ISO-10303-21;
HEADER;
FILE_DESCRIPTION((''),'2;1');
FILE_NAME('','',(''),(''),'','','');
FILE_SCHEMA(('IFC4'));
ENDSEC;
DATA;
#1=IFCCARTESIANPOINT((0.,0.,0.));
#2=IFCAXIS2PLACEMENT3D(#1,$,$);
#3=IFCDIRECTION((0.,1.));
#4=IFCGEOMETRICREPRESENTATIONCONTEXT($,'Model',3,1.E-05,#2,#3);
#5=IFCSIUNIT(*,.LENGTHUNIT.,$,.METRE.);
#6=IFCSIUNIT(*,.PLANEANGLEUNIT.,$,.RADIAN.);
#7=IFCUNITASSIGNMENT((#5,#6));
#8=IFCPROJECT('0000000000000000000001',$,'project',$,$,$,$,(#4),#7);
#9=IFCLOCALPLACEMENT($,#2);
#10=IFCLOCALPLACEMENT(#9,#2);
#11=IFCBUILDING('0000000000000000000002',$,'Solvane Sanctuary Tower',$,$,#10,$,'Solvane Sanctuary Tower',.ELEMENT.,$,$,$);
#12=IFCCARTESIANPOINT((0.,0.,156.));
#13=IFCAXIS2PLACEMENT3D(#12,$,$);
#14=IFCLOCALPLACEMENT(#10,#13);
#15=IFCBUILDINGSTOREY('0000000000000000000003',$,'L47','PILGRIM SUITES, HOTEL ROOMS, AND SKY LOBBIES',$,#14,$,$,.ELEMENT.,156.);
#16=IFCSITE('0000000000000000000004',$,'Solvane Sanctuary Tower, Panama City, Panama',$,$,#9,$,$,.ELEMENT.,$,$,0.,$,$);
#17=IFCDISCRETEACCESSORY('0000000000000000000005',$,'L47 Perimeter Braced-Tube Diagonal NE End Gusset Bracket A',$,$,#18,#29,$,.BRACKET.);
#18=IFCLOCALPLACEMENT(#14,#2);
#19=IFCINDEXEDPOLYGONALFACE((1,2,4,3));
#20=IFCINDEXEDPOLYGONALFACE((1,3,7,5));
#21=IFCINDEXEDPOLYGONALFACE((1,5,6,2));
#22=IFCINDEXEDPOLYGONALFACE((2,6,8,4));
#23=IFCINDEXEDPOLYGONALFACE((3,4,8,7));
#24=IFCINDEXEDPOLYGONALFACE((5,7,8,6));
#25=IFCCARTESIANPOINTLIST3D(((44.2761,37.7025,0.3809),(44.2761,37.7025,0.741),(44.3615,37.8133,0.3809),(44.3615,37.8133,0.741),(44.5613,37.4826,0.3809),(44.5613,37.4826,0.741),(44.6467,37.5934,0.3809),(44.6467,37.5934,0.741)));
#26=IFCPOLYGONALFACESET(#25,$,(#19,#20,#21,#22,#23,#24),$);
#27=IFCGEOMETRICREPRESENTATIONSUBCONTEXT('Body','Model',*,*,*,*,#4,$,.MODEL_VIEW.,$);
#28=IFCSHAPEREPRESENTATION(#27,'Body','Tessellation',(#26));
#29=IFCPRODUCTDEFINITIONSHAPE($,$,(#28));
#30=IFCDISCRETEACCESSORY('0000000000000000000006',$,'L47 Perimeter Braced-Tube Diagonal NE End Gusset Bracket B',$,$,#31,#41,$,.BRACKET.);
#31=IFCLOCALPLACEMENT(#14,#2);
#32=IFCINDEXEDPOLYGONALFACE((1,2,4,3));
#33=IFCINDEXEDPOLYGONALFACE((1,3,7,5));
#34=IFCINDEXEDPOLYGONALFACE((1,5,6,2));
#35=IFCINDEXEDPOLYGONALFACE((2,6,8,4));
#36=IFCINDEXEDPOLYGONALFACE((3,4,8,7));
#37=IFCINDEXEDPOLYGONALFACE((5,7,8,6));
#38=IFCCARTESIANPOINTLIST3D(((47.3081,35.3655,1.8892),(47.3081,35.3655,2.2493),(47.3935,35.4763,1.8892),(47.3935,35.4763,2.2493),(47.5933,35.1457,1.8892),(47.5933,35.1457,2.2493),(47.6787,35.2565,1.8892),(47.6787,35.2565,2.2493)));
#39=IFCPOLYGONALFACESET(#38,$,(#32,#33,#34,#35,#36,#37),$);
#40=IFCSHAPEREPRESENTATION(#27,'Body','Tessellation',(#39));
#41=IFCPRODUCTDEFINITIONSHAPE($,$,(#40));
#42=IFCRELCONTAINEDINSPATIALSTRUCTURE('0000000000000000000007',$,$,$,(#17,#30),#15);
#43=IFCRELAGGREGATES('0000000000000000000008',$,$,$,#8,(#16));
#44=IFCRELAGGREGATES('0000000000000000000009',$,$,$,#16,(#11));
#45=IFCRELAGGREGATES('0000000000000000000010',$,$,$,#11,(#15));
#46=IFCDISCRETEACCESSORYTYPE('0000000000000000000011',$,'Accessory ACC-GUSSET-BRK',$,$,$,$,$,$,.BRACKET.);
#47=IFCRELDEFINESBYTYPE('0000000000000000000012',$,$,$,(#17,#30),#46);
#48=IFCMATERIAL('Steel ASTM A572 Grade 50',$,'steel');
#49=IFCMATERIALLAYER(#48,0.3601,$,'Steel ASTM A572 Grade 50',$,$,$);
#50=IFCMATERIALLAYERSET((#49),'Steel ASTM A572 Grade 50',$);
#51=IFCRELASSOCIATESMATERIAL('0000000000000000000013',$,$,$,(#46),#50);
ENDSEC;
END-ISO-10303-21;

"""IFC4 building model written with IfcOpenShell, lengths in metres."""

from ifc_helpers import new_model, si_unit, direction, frame, origin, origin_2d, place, context, subcontext, project, spatial, rectangle, extrude, material, layer, layer_set, type_object, element, save


model = new_model("IFC4")

# Units and contexts
model_context = context("Model", 3, precision=1e-05, world=origin(), true_north=direction((0.0, 1.0)))
body_context = subcontext(model_context, "Body", "Model", "MODEL_VIEW")
ifc_project = project(units=[si_unit("LENGTHUNIT", "METRE"), si_unit("PLANEANGLEUNIT", "RADIAN")], contexts=[model_context])

# Site, building, storey
site_placement = place(None, origin())
site = spatial("IfcSite", under=ifc_project, at=site_placement, Name="Solvane Sanctuary Tower, Panama City, Panama", CompositionType="ELEMENT", RefElevation=0.0)
building_placement = place(site_placement, origin())
building = spatial("IfcBuilding", under=site, at=building_placement, Name="Solvane Sanctuary Tower", LongName="Solvane Sanctuary Tower", CompositionType="ELEMENT")
storey_placement = place(building_placement, frame((0.0, 0.0, 156.0)))
storey = spatial("IfcBuildingStorey", under=building, at=storey_placement, Name="L47", Description="PILGRIM SUITES, HOTEL ROOMS, AND SKY LOBBIES", CompositionType="ELEMENT", Elevation=156.0)

# Discrete accessories
ifc_material_1 = material(Name="Steel ASTM A572 Grade 50", Category="steel")
ifc_layer_1 = layer(ifc_material_1, 0.3601, Name="Steel ASTM A572 Grade 50")
ifc_layer_set_1 = layer_set([ifc_layer_1], Name="Steel ASTM A572 Grade 50")
discrete_accessory_type = type_object("IfcDiscreteAccessoryType", Name="Accessory ACC-GUSSET-BRK", PredefinedType="BRACKET", material=ifc_layer_set_1)
for number, where, z_axis, x_axis, name in (
    (1, (44.4614, 37.6479, 0.3809), (0.0, 0.0, 1.0), (0.792077, -0.610422, 0.0), "L47 Perimeter Braced-Tube Diagonal NE End Gusset Bracket A"),
    (2, (47.4934, 35.311, 1.8892), (0.0, 0.0, 1.0), (0.792077, -0.610422, 0.0), "L47 Perimeter Braced-Tube Diagonal NE End Gusset Bracket B"),
):
    element("IfcDiscreteAccessory", number, at=place(storey_placement, frame(where, z_axis=z_axis, x_axis=x_axis)), inside=storey, type_object=discrete_accessory_type, Name=name, PredefinedType="BRACKET", context=body_context, shape_type="SweptSolid", body=[
        extrude(rectangle(XDim=0.3601, YDim=0.1399, at=origin_2d()), origin(), (0.0, 0.0, 1.0), 0.3601),
    ])

save(model, "model.ifc")
